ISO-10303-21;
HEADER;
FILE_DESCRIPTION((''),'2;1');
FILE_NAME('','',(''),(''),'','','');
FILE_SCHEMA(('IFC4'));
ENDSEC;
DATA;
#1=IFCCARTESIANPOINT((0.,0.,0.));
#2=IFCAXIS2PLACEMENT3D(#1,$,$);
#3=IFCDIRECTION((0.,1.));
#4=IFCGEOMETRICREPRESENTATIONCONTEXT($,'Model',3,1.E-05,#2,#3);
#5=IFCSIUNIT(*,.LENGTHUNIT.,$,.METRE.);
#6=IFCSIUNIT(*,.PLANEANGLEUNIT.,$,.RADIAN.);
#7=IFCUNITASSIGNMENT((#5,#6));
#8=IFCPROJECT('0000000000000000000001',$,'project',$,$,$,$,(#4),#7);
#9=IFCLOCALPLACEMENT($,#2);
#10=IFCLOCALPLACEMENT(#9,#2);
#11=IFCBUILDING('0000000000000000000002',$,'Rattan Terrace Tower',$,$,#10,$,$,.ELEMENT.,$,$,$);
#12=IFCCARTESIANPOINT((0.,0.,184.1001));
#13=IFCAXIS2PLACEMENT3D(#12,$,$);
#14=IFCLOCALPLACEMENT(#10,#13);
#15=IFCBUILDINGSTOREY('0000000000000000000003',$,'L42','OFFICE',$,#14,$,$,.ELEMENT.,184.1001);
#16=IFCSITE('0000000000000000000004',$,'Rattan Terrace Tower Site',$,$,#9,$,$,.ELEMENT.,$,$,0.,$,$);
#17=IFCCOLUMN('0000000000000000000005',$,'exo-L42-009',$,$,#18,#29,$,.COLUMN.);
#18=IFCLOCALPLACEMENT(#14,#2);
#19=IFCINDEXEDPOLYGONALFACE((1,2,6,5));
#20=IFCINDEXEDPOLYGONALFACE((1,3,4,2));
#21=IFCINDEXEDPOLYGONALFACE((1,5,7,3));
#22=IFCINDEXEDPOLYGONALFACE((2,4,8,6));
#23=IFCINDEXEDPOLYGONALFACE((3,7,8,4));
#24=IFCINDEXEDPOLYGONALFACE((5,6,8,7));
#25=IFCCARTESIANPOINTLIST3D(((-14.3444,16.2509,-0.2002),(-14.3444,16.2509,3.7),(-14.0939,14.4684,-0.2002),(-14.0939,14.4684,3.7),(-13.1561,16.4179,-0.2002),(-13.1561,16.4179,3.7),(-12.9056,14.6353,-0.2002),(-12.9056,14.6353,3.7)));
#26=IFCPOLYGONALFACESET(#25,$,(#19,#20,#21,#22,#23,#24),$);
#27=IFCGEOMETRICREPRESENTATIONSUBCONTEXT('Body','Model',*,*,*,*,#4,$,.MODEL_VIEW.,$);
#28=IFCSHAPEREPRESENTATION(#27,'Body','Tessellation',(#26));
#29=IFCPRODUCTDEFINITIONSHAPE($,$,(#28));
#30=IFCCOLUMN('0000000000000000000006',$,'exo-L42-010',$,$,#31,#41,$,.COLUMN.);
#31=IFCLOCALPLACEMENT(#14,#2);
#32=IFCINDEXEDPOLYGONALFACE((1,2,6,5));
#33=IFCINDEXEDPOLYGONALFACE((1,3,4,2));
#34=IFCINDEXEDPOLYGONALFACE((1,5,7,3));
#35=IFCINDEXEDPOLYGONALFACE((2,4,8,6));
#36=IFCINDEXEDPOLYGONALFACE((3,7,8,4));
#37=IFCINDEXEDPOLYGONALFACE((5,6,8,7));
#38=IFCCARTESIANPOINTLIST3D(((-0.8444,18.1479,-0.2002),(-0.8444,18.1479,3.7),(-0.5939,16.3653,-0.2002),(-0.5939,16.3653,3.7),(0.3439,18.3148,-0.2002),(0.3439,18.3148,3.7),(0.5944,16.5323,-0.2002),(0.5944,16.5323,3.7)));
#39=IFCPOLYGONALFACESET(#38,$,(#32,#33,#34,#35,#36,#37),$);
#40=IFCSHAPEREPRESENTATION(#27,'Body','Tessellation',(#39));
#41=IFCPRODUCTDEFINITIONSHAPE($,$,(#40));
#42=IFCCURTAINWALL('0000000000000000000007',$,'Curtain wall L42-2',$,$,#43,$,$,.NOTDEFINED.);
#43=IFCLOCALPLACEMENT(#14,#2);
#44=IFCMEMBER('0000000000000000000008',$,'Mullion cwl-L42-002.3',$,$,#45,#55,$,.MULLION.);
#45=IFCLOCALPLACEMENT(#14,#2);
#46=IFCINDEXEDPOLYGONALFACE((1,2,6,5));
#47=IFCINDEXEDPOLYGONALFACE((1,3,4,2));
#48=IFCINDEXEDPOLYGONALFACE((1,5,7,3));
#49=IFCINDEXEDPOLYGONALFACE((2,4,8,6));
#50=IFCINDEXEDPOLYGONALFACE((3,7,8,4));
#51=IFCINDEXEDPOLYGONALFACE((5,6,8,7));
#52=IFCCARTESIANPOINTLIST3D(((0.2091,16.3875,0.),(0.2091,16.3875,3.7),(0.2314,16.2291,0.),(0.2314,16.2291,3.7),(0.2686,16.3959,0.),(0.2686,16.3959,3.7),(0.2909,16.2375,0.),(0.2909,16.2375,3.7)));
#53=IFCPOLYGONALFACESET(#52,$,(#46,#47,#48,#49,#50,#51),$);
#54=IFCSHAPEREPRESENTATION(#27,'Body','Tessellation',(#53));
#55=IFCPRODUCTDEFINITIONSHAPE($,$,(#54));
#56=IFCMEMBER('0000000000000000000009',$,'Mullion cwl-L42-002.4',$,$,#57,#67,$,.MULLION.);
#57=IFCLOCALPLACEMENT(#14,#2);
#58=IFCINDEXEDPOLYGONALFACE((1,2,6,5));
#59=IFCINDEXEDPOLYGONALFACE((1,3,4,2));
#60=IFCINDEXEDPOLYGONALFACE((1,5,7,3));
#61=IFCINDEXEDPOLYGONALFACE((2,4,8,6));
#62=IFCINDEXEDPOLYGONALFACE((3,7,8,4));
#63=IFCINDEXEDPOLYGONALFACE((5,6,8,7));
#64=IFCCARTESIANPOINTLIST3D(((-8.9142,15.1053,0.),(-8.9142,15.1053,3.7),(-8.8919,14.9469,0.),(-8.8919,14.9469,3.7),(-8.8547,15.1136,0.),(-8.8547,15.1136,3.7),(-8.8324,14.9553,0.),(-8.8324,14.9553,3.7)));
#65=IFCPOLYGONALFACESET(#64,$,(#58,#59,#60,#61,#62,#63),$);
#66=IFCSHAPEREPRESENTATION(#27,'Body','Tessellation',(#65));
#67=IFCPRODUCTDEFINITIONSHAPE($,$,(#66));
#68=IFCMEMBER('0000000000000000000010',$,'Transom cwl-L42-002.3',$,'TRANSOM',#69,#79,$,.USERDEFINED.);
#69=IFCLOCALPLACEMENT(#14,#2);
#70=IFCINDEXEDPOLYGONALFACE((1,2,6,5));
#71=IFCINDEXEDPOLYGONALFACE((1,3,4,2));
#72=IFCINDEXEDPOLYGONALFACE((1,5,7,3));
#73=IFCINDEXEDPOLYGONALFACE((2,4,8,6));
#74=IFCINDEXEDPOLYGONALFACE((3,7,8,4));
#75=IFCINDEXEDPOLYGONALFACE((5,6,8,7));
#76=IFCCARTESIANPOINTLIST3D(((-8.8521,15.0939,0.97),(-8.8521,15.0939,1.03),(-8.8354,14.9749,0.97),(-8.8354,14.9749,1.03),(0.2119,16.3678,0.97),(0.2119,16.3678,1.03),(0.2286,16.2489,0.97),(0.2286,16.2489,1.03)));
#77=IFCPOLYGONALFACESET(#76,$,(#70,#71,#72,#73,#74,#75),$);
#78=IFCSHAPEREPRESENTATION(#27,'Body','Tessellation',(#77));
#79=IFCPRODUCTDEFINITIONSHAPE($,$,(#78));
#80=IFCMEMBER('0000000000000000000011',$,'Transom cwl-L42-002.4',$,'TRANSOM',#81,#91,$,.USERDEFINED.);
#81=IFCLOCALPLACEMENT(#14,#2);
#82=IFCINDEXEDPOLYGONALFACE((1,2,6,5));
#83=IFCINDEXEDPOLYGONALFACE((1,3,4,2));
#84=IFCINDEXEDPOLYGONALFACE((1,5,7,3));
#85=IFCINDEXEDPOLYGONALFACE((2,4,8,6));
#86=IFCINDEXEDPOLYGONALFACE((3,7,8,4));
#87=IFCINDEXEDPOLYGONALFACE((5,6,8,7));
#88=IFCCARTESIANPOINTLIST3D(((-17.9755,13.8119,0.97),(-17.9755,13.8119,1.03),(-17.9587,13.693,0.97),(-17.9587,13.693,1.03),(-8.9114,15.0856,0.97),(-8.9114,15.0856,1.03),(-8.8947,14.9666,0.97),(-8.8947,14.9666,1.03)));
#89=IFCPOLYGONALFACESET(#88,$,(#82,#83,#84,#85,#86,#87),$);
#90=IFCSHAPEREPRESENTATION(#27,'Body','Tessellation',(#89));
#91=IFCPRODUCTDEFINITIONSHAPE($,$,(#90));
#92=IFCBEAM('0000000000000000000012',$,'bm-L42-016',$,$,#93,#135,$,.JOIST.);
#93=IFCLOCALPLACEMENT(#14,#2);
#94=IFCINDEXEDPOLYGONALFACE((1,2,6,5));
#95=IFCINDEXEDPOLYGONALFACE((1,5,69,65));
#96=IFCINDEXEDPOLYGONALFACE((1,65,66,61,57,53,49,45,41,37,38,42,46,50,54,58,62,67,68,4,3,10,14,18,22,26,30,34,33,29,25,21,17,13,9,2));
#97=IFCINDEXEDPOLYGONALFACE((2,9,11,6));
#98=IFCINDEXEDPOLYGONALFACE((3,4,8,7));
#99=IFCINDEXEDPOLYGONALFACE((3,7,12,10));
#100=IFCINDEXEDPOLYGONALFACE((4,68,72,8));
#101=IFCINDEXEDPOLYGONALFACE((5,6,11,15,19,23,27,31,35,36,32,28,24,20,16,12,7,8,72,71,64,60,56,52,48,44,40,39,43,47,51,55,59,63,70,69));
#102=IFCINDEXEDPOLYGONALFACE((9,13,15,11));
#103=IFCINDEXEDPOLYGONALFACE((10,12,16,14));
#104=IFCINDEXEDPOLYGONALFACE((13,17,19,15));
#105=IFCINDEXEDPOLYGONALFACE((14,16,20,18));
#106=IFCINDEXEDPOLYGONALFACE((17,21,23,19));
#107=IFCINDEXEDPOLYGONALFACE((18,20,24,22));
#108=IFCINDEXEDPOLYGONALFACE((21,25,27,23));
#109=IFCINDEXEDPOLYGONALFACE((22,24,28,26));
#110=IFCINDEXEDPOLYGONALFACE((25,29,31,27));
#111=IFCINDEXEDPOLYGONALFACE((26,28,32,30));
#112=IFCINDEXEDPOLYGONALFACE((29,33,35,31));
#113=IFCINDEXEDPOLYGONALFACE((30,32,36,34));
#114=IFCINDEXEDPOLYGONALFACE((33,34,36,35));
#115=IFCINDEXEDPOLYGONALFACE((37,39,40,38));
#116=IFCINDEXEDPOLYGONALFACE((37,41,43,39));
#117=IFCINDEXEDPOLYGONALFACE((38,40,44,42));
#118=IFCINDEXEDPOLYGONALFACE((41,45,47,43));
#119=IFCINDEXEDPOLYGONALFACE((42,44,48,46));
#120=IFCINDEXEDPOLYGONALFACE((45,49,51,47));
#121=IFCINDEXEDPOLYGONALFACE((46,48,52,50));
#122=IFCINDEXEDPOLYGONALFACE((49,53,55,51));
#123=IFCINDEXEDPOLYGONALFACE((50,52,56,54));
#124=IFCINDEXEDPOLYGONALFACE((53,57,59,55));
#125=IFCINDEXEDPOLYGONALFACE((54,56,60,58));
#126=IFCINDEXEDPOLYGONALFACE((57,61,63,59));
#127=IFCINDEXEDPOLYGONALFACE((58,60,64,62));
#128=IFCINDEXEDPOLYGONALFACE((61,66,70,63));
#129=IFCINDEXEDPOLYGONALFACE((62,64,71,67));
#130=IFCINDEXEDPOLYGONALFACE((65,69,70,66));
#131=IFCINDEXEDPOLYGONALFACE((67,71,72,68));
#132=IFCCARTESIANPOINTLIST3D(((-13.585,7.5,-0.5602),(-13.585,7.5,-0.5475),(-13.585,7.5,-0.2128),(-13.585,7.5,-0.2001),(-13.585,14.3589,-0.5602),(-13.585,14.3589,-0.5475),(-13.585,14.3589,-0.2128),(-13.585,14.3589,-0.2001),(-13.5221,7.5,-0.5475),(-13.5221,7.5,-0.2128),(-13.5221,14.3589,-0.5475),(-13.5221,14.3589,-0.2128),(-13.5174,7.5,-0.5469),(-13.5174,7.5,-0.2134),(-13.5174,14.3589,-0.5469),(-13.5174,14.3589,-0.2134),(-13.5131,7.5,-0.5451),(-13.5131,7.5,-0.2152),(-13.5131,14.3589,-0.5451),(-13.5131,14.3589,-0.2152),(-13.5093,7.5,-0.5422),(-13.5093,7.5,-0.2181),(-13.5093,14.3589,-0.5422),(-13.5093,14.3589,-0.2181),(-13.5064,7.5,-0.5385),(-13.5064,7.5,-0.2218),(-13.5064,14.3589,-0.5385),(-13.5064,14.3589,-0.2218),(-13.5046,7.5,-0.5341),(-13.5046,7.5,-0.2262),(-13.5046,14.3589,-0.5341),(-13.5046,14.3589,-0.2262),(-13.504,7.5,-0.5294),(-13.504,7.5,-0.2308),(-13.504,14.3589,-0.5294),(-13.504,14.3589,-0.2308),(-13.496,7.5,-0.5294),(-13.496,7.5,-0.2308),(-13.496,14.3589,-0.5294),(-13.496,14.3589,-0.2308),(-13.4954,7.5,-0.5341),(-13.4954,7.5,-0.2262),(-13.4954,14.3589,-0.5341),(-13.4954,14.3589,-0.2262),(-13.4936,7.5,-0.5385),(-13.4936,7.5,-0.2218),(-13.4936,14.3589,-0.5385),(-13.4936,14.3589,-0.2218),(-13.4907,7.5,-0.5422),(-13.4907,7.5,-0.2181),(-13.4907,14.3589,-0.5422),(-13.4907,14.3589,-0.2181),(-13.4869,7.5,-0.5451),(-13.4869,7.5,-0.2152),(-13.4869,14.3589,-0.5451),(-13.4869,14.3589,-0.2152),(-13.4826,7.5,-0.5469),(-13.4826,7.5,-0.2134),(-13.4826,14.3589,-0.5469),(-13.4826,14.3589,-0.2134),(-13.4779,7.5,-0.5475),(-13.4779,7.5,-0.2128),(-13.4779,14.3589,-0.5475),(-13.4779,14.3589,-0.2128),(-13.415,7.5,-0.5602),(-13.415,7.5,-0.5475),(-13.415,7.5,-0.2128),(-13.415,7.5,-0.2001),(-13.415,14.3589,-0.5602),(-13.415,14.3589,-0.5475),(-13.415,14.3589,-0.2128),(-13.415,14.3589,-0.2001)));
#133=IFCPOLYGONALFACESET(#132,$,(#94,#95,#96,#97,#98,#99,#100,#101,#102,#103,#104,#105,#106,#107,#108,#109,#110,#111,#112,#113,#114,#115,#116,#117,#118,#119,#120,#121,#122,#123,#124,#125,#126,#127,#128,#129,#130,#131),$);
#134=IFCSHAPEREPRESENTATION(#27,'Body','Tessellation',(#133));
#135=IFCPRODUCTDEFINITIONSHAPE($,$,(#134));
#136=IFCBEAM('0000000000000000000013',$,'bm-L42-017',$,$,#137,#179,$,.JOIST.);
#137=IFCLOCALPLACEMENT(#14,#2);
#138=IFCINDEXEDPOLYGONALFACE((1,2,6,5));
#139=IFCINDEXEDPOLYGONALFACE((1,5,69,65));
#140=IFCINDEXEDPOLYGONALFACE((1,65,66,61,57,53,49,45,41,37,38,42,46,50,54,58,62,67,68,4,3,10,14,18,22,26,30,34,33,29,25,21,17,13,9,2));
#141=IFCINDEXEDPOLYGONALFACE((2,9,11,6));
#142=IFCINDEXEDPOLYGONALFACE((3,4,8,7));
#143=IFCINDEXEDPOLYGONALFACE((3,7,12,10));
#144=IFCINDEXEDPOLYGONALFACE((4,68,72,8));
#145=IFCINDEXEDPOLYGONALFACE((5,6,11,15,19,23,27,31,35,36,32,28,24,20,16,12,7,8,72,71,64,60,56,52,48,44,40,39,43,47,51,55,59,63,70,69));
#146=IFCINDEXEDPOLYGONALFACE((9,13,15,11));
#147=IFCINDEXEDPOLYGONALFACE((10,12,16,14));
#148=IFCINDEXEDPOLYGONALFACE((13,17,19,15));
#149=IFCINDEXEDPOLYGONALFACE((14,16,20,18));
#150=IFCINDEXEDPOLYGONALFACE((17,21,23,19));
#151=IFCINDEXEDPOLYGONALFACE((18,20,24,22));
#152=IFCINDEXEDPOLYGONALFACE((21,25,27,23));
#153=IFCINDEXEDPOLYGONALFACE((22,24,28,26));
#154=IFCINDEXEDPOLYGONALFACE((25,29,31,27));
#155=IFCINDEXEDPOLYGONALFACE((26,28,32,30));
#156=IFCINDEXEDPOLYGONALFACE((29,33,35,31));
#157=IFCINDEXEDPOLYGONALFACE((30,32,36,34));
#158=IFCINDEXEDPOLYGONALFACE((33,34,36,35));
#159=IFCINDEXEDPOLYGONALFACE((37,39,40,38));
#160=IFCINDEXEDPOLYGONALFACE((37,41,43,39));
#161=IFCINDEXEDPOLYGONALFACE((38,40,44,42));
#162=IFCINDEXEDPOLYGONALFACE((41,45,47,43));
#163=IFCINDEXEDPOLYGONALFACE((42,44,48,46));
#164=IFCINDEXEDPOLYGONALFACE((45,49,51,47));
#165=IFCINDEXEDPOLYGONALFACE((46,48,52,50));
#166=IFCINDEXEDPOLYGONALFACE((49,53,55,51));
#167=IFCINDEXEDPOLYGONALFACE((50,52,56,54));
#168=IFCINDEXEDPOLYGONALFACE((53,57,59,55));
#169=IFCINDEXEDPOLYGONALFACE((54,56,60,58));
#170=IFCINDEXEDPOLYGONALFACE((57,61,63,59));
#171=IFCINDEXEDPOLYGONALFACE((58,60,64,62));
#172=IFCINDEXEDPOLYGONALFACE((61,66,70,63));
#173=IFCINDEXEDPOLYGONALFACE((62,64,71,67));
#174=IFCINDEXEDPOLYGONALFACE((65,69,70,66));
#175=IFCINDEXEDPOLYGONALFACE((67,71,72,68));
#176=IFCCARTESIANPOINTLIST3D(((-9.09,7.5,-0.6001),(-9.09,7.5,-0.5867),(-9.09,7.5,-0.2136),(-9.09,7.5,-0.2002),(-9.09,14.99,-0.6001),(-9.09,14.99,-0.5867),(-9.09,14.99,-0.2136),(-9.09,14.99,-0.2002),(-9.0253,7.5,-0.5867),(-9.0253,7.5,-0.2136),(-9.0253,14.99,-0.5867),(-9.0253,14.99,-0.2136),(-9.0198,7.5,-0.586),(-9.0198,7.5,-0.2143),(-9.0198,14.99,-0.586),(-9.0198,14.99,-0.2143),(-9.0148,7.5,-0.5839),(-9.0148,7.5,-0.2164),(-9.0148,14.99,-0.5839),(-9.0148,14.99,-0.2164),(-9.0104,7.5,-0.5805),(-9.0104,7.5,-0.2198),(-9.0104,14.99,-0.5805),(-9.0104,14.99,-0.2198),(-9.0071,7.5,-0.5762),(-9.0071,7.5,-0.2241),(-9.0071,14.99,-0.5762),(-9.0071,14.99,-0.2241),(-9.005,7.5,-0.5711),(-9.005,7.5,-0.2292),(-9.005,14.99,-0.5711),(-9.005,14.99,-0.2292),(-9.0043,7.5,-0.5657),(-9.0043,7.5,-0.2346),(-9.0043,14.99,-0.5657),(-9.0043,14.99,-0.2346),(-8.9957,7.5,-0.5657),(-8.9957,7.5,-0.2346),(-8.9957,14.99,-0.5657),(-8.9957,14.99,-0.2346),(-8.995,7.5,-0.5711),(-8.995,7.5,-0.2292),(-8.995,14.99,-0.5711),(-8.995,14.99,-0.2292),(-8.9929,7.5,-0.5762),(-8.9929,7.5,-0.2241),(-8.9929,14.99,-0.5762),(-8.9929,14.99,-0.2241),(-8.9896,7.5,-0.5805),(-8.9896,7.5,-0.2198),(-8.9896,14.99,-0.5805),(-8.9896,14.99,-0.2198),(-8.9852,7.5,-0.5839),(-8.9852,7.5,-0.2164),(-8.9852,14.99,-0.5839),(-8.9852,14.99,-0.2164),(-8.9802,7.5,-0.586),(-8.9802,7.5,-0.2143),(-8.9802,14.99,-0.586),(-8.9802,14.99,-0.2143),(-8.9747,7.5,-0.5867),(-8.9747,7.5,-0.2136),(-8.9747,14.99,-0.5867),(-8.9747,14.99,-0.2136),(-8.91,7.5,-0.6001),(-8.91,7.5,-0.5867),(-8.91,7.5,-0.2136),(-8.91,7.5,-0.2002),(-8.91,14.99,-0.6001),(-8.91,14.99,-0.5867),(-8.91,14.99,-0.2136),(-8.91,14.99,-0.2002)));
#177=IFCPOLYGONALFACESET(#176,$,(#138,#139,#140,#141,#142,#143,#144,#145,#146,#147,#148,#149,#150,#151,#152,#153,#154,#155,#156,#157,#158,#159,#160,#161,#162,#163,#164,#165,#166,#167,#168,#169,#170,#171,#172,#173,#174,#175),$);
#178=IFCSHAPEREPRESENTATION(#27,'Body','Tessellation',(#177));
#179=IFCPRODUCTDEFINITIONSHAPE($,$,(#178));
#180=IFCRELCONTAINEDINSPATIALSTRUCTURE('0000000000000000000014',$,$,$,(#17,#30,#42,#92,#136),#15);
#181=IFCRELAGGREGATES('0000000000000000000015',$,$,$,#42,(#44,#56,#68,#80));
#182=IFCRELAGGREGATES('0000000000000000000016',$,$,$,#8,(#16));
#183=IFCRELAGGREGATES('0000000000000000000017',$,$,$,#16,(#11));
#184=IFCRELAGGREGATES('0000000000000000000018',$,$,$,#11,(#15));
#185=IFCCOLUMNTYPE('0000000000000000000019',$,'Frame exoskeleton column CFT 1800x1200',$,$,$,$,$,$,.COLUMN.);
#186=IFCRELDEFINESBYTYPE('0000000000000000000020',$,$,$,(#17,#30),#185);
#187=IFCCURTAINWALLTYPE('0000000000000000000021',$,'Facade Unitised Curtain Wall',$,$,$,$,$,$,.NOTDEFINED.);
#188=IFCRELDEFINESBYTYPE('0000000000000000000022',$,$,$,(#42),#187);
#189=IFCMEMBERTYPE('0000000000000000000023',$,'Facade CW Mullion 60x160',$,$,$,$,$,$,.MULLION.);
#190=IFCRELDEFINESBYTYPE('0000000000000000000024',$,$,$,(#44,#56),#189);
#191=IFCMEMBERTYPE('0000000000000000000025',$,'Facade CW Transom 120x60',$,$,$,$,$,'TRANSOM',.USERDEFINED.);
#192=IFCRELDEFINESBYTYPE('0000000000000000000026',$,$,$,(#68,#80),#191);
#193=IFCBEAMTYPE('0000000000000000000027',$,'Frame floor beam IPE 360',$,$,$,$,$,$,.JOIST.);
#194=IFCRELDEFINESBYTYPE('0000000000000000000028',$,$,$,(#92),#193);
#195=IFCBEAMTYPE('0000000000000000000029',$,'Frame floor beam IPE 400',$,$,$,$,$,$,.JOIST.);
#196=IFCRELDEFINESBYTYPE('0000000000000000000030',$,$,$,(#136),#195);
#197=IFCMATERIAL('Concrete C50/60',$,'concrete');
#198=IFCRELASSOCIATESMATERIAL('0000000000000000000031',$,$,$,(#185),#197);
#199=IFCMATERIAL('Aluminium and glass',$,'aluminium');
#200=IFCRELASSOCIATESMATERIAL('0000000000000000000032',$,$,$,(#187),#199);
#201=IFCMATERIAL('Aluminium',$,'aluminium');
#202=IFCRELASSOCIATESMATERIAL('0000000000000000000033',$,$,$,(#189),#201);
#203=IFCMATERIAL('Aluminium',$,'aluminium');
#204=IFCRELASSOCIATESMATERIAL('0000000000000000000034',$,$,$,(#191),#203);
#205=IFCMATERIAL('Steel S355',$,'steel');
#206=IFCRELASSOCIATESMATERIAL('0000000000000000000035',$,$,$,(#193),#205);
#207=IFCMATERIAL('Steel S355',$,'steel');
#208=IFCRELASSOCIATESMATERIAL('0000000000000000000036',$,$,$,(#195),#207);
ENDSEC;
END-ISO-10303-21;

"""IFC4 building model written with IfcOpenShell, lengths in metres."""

from ifc_helpers import new_model, si_unit, direction, frame, origin, origin_2d, place, context, subcontext, project, spatial, rectangle, i_section, extrude, material, material_profile, profile_set, type_object, element, aggregate, save


model = new_model("IFC4")

# Units and contexts
model_context = context("Model", 3, precision=1e-05, world=origin(), true_north=direction((0.0, 1.0)))
body_context = subcontext(model_context, "Body", "Model", "MODEL_VIEW")
ifc_project = project(units=[si_unit("LENGTHUNIT", "METRE"), si_unit("PLANEANGLEUNIT", "RADIAN")], contexts=[model_context])

# Site, building, storey
site_placement = place(None, origin())
site = spatial("IfcSite", under=ifc_project, at=site_placement, Name="Rattan Terrace Tower Site", CompositionType="ELEMENT", RefElevation=0.0)
building_placement = place(site_placement, origin())
building = spatial("IfcBuilding", under=site, at=building_placement, Name="Rattan Terrace Tower", CompositionType="ELEMENT")
storey_placement = place(building_placement, frame((0.0, 0.0, 184.1001)))
storey = spatial("IfcBuildingStorey", under=building, at=storey_placement, Name="L42", Description="OFFICE", CompositionType="ELEMENT", Elevation=184.1001)

# Columns
ifc_material_1 = material(Name="Concrete C50/60", Category="concrete")
ifc_material_profile_1 = material_profile(ifc_material_1, rectangle(XDim=1.2, YDim=1.8, at=origin_2d()), Name="CFT 1800x1200")
ifc_profile_set_1 = profile_set([ifc_material_profile_1], Name="Concrete C50/60")
column_type = type_object("IfcColumnType", Name="Frame exoskeleton column CFT 1800x1200", PredefinedType="COLUMN", material=ifc_profile_set_1)
for number, where, z_axis, x_axis, name in (
    (1, (-13.625, 15.4431, -0.2002), (0.0, 0.0, 1.0), (0.99027, 0.139156, 0.0), "exo-L42-009"),
    (2, (-0.125, 17.3401, -0.2002), (0.0, 0.0, 1.0), (0.99027, 0.139156, 0.0), "exo-L42-010"),
):
    element("IfcColumn", number, at=place(storey_placement, frame(where, z_axis=z_axis, x_axis=x_axis)), inside=storey, type_object=column_type, Name=name, PredefinedType="COLUMN", context=body_context, shape_type="SweptSolid", body=[
        extrude(rectangle(XDim=1.2, YDim=1.8, at=origin_2d()), origin(), (0.0, 0.0, 1.0), 3.9001),
    ])

# Curtain wall, members
ifc_material_2 = material(Name="Aluminium and glass", Category="aluminium")
curtain_wall_type = type_object("IfcCurtainWallType", Name="Facade Unitised Curtain Wall", PredefinedType="NOTDEFINED", material=ifc_material_2)
curtain_wall_placement = place(storey_placement, origin())
curtain_wall = element("IfcCurtainWall", 3, at=curtain_wall_placement, inside=storey, type_object=curtain_wall_type, Name="Curtain wall L42-2", PredefinedType="NOTDEFINED")
ifc_material_3 = material(Name="Aluminium", Category="aluminium")
ifc_material_profile_2 = material_profile(ifc_material_3, rectangle(XDim=0.0601, YDim=0.1599, at=origin_2d()), Name="Aluminium 60x160")
ifc_profile_set_2 = profile_set([ifc_material_profile_2], Name="Aluminium")
member_type_1 = type_object("IfcMemberType", Name="Facade CW Mullion 60x160", PredefinedType="MULLION", material=ifc_profile_set_2)
member_1_placement = place(storey_placement, frame((0.25, 16.3125, 0.0), z_axis=(0.0, 0.0, 1.0), x_axis=(-0.99027, -0.139161, 0.0)))
member_1 = element("IfcMember", 4, at=member_1_placement, type_object=member_type_1, Name="Mullion cwl-L42-002.3", PredefinedType="MULLION", context=body_context, shape_type="SweptSolid", body=[
    extrude(rectangle(XDim=0.0601, YDim=0.1599, at=origin_2d()), origin(), (0.0, 0.0, 1.0), 3.7),
])
member_2_placement = place(storey_placement, frame((-8.8733, 15.0303, 0.0), z_axis=(0.0, 0.0, 1.0), x_axis=(-0.99027, -0.139161, 0.0)))
member_2 = element("IfcMember", 5, at=member_2_placement, type_object=member_type_1, Name="Mullion cwl-L42-002.4", PredefinedType="MULLION", context=body_context, shape_type="SweptSolid", body=[
    extrude(rectangle(XDim=0.0601, YDim=0.1599, at=origin_2d()), origin(), (0.0, 0.0, 1.0), 3.7),
])
ifc_material_4 = material(Name="Aluminium", Category="aluminium")
ifc_material_profile_3 = material_profile(ifc_material_4, rectangle(XDim=0.1201, YDim=0.0601, at=origin_2d()), Name="Aluminium 120x60")
ifc_profile_set_3 = profile_set([ifc_material_profile_3], Name="Aluminium")
member_type_2 = type_object("IfcMemberType", Name="Facade CW Transom 120x60", ElementType="TRANSOM", PredefinedType="USERDEFINED", material=ifc_profile_set_3)
member_3_placement = place(storey_placement, frame((0.2202, 16.3083, 1.0), z_axis=(-0.990267, -0.13918, 0.0), x_axis=(0.13918, -0.990267, 0.0)))
member_3 = element("IfcMember", 6, at=member_3_placement, type_object=member_type_2, Name="Transom cwl-L42-002.3", ObjectType="TRANSOM", PredefinedType="USERDEFINED", context=body_context, shape_type="SweptSolid", body=[
    extrude(rectangle(XDim=0.1201, YDim=0.0601, at=origin_2d()), origin(), (0.0, 0.0, 1.0), 9.1531),
])
member_4_placement = place(storey_placement, frame((-8.9031, 15.0261, 1.0), z_axis=(-0.990271, -0.139154, 0.0), x_axis=(0.139154, -0.990271, 0.0)))
member_4 = element("IfcMember", 7, at=member_4_placement, type_object=member_type_2, Name="Transom cwl-L42-002.4", ObjectType="TRANSOM", PredefinedType="USERDEFINED", context=body_context, shape_type="SweptSolid", body=[
    extrude(rectangle(XDim=0.1201, YDim=0.0601, at=origin_2d()), origin(), (0.0, 0.0, 1.0), 9.1531),
])

# Beams
ifc_material_5 = material(Name="Steel S355", Category="steel")
ifc_material_profile_4 = material_profile(ifc_material_5, i_section(OverallWidth=0.1699, OverallDepth=0.3601, WebThickness=0.0081, FlangeThickness=0.0127, FilletRadius=0.0181, at=origin_2d()), Name="IPE 360")
ifc_profile_set_4 = profile_set([ifc_material_profile_4], Name="Steel S355")
beam_type_1 = type_object("IfcBeamType", Name="Frame floor beam IPE 360", PredefinedType="JOIST", material=ifc_profile_set_4)
beam_1_placement = place(storey_placement, frame((-13.5, 7.5, -0.3801), z_axis=(0.0, 1.0, 0.0), x_axis=(-1.0, 0.0, 0.0)))
element("IfcBeam", 8, at=beam_1_placement, inside=storey, type_object=beam_type_1, Name="bm-L42-016", PredefinedType="JOIST", context=body_context, shape_type="SweptSolid", body=[
    extrude(i_section(OverallWidth=0.1699, OverallDepth=0.3601, WebThickness=0.0081, FlangeThickness=0.0127, FilletRadius=0.0181, at=origin_2d()), origin(), (0.0, 0.0, 1.0), 6.8589),
])
ifc_material_6 = material(Name="Steel S355", Category="steel")
ifc_material_profile_5 = material_profile(ifc_material_6, i_section(OverallWidth=0.1799, OverallDepth=0.3999, WebThickness=0.0085, FlangeThickness=0.0134, FilletRadius=0.021, at=origin_2d()), Name="IPE 400")
ifc_profile_set_5 = profile_set([ifc_material_profile_5], Name="Steel S355")
beam_type_2 = type_object("IfcBeamType", Name="Frame floor beam IPE 400", PredefinedType="JOIST", material=ifc_profile_set_5)
beam_2_placement = place(storey_placement, frame((-9.0, 7.5, -0.4001), z_axis=(0.0, 1.0, 0.0), x_axis=(-1.0, 0.0, 0.0)))
element("IfcBeam", 9, at=beam_2_placement, inside=storey, type_object=beam_type_2, Name="bm-L42-017", PredefinedType="JOIST", context=body_context, shape_type="SweptSolid", body=[
    extrude(i_section(OverallWidth=0.1799, OverallDepth=0.3999, WebThickness=0.0085, FlangeThickness=0.0134, FilletRadius=0.021, at=origin_2d()), origin(), (0.0, 0.0, 1.0), 7.49),
])

aggregate(curtain_wall, [member_1, member_2, member_3, member_4])

save(model, "model.ifc")
